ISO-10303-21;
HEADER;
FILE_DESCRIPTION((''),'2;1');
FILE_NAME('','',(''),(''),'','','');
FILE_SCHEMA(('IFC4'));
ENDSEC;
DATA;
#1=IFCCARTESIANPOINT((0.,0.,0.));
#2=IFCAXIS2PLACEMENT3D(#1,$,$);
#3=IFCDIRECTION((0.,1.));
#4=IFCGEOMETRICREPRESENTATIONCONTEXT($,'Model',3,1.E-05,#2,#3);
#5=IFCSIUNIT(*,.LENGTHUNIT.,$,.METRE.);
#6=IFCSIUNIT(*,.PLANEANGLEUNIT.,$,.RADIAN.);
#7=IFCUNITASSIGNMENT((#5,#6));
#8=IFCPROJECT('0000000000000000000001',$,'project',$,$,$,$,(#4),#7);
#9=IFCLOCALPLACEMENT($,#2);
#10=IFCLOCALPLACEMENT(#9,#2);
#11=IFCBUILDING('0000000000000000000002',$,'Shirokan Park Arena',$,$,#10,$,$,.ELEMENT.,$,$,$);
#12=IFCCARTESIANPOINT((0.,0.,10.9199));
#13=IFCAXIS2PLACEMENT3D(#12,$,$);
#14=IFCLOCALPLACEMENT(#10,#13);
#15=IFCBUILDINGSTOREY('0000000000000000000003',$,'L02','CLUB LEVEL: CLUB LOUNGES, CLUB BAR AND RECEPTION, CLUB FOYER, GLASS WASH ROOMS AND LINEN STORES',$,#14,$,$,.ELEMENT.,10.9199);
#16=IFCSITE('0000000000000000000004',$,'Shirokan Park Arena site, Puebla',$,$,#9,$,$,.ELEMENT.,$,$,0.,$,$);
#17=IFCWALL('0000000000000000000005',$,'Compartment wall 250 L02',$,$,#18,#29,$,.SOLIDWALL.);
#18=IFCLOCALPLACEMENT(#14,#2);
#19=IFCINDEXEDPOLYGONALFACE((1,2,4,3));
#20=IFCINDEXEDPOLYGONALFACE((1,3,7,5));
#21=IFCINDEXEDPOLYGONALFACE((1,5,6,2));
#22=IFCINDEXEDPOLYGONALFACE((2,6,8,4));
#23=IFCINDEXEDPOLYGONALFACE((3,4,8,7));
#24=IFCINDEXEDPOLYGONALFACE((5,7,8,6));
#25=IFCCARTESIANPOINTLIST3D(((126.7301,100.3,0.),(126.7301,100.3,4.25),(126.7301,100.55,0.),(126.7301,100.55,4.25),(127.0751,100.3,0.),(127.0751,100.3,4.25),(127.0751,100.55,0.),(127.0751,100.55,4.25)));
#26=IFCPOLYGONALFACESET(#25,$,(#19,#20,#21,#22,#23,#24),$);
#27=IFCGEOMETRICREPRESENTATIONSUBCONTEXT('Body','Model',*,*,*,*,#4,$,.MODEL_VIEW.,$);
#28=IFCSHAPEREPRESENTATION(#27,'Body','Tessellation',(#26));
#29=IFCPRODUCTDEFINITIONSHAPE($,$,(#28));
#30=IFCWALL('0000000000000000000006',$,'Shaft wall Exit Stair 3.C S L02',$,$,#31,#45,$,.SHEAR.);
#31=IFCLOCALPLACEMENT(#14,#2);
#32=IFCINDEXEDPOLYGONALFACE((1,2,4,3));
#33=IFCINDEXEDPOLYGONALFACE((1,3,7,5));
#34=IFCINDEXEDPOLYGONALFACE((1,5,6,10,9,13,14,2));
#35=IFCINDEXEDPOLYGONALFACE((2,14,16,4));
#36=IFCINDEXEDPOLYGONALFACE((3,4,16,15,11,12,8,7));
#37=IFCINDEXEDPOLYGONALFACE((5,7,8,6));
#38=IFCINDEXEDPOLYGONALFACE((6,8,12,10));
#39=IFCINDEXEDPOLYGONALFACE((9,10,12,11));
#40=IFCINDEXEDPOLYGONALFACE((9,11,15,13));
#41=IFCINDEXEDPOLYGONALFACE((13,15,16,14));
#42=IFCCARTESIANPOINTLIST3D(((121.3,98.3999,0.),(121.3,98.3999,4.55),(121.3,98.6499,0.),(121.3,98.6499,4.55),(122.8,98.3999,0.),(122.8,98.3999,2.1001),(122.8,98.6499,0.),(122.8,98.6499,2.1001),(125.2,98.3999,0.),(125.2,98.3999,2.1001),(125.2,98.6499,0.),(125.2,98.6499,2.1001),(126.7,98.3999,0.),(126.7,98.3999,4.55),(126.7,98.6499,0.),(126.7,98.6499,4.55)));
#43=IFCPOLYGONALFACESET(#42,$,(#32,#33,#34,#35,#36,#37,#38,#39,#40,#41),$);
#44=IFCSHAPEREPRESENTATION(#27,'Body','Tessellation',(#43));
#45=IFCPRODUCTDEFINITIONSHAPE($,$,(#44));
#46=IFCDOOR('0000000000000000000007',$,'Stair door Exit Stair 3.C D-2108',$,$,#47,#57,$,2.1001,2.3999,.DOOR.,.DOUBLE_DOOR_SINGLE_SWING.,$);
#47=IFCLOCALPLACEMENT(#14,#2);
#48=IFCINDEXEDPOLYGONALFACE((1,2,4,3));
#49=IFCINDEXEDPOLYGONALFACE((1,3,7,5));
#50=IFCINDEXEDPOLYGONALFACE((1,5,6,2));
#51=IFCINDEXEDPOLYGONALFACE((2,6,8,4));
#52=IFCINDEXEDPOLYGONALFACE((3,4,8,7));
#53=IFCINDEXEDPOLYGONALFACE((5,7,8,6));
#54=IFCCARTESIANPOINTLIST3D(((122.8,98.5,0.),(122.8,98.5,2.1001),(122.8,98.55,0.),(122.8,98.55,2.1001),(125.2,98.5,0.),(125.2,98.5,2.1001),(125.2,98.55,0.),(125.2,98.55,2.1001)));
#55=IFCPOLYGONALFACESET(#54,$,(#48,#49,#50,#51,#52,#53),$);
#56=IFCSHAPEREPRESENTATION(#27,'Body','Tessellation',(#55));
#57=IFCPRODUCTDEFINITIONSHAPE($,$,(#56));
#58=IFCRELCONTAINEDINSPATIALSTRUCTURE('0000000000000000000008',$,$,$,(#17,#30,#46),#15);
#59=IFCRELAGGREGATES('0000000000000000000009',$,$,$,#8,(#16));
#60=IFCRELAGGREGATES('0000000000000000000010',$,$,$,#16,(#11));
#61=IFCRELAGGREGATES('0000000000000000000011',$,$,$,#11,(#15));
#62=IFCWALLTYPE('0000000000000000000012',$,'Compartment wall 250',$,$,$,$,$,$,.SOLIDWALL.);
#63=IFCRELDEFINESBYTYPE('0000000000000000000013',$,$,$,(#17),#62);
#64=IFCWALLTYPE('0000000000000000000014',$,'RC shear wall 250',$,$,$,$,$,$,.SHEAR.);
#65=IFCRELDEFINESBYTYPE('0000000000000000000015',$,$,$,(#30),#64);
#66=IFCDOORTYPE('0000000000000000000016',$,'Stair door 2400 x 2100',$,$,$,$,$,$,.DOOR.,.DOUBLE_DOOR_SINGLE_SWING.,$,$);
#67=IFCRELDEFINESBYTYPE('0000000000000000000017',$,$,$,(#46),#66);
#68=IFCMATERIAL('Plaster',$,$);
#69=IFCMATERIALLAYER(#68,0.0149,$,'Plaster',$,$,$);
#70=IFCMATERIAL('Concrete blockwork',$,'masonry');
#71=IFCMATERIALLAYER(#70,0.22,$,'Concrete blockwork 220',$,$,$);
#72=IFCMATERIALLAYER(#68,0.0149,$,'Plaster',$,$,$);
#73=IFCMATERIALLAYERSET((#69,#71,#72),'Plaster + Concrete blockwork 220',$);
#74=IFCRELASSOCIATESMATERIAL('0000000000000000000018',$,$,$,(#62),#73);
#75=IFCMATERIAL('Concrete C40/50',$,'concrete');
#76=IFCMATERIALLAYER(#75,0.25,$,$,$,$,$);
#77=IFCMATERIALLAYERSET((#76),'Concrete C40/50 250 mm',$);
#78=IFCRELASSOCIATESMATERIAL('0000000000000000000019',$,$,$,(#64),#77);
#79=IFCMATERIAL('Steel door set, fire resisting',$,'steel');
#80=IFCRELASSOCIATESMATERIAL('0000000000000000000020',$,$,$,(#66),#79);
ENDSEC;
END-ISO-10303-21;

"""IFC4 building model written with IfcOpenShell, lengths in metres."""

from ifc_helpers import new_model, si_unit, direction, frame, frame_2d, origin, place, context, subcontext, project, spatial, rectangle, extrude, material, layer, layer_set, type_object, element, fill, save


model = new_model("IFC4")

# Units and contexts
model_context = context("Model", 3, precision=1e-05, world=origin(), true_north=direction((0.0, 1.0)))
body_context = subcontext(model_context, "Body", "Model", "MODEL_VIEW")
ifc_project = project(units=[si_unit("LENGTHUNIT", "METRE"), si_unit("PLANEANGLEUNIT", "RADIAN")], contexts=[model_context])

# Site, building, storey
site_placement = place(None, origin())
site = spatial("IfcSite", under=ifc_project, at=site_placement, Name="Shirokan Park Arena site, Puebla", CompositionType="ELEMENT", RefElevation=0.0)
building_placement = place(site_placement, origin())
building = spatial("IfcBuilding", under=site, at=building_placement, Name="Shirokan Park Arena", CompositionType="ELEMENT")
storey_placement = place(building_placement, frame((0.0, 0.0, 10.9199)))
storey = spatial("IfcBuildingStorey", under=building, at=storey_placement, Name="L02", Description="CLUB LEVEL: CLUB LOUNGES, CLUB BAR AND RECEPTION, CLUB FOYER, GLASS WASH ROOMS AND LINEN STORES", CompositionType="ELEMENT", Elevation=10.9199)

# Shared definitions
ifc_material_1 = material(Name="Plaster")
ifc_layer_1 = layer(ifc_material_1, 0.0149, Name="Plaster")
ifc_material_2 = material(Name="Concrete blockwork", Category="masonry")
ifc_layer_2 = layer(ifc_material_2, 0.22, Name="Concrete blockwork 220")
ifc_layer_3 = layer(ifc_material_1, 0.0149, Name="Plaster")
ifc_layer_set_1 = layer_set([ifc_layer_1, ifc_layer_2, ifc_layer_3], Name="Plaster + Concrete blockwork 220")
wall_type_1 = type_object("IfcWallType", Name="Compartment wall 250", PredefinedType="SOLIDWALL", material=ifc_layer_set_1)

# Wall
for number, where, z_axis, x_axis, name in (
    (1, (127.075, 100.425, 0.0), (0.0, 0.0, 1.0), (-1.0, 0.0, 0.0), "Compartment wall 250 L02"),
):
    element("IfcWall", number, at=place(storey_placement, frame(where, z_axis=z_axis, x_axis=x_axis)), inside=storey, type_object=wall_type_1, Name=name, PredefinedType="SOLIDWALL", context=body_context, shape_type="SweptSolid", body=[
        extrude(rectangle(XDim=0.345, YDim=0.25, at=frame_2d((0.1724, 0.0))), origin(), (0.0, 0.0, 1.0), 4.25),
    ])

# Wall, opening, door
ifc_material_3 = material(Name="Concrete C40/50", Category="concrete")
ifc_layer_4 = layer(ifc_material_3, 0.25)
ifc_layer_set_2 = layer_set([ifc_layer_4], Name="Concrete C40/50 250 mm")
wall_type_2 = type_object("IfcWallType", Name="RC shear wall 250", PredefinedType="SHEAR", material=ifc_layer_set_2)
wall_1_placement = place(storey_placement, frame((126.7, 98.5249, 0.0), z_axis=(0.0, 0.0, 1.0), x_axis=(-1.0, 0.0, 0.0)))
wall_1 = element("IfcWall", 2, at=wall_1_placement, inside=storey, type_object=wall_type_2, Name="Shaft wall Exit Stair 3.C S L02", PredefinedType="SHEAR", context=body_context, shape_type="SweptSolid", body=[
    extrude(rectangle(XDim=5.3999, YDim=0.25, at=frame_2d((2.7, 0.0))), origin(), (0.0, 0.0, 1.0), 4.55),
])
opening_1_placement = place(wall_1_placement, frame((1.5, 0.0, 0.0)))
opening_1 = element("IfcOpeningElement", 3, at=opening_1_placement, cuts=wall_1, PredefinedType="OPENING", context=body_context, shape_type="SweptSolid", body=[
    extrude(rectangle(XDim=2.3999, YDim=2.1001, at=frame_2d((1.2, 1.05))), frame((0.0, 0.135, 0.0), z_axis=(0.0, -1.0, 0.0), x_axis=(1.0, 0.0, 0.0)), (0.0, 0.0, 1.0), 0.27),
])
ifc_material_4 = material(Name="Steel door set, fire resisting", Category="steel")
door_type_1 = type_object("IfcDoorType", Name="Stair door 2400 x 2100", OperationType="DOUBLE_DOOR_SINGLE_SWING", PredefinedType="DOOR", material=ifc_material_4)
door_1_placement = place(opening_1_placement, origin())
door_1 = element("IfcDoor", 4, at=door_1_placement, inside=storey, type_object=door_type_1, Name="Stair door Exit Stair 3.C D-2108", OperationType="DOUBLE_DOOR_SINGLE_SWING", OverallHeight=2.1001, OverallWidth=2.3999, PredefinedType="DOOR", context=body_context, shape_type="SweptSolid", body=[
    extrude(rectangle(XDim=2.3999, YDim=2.1001, at=frame_2d((1.2, 1.05))), frame((0.0, 0.0249, 0.0), z_axis=(0.0, -1.0, 0.0), x_axis=(1.0, 0.0, 0.0)), (0.0, 0.0, 1.0), 0.05),
])
fill(opening_1, door_1)

save(model, "model.ifc")
